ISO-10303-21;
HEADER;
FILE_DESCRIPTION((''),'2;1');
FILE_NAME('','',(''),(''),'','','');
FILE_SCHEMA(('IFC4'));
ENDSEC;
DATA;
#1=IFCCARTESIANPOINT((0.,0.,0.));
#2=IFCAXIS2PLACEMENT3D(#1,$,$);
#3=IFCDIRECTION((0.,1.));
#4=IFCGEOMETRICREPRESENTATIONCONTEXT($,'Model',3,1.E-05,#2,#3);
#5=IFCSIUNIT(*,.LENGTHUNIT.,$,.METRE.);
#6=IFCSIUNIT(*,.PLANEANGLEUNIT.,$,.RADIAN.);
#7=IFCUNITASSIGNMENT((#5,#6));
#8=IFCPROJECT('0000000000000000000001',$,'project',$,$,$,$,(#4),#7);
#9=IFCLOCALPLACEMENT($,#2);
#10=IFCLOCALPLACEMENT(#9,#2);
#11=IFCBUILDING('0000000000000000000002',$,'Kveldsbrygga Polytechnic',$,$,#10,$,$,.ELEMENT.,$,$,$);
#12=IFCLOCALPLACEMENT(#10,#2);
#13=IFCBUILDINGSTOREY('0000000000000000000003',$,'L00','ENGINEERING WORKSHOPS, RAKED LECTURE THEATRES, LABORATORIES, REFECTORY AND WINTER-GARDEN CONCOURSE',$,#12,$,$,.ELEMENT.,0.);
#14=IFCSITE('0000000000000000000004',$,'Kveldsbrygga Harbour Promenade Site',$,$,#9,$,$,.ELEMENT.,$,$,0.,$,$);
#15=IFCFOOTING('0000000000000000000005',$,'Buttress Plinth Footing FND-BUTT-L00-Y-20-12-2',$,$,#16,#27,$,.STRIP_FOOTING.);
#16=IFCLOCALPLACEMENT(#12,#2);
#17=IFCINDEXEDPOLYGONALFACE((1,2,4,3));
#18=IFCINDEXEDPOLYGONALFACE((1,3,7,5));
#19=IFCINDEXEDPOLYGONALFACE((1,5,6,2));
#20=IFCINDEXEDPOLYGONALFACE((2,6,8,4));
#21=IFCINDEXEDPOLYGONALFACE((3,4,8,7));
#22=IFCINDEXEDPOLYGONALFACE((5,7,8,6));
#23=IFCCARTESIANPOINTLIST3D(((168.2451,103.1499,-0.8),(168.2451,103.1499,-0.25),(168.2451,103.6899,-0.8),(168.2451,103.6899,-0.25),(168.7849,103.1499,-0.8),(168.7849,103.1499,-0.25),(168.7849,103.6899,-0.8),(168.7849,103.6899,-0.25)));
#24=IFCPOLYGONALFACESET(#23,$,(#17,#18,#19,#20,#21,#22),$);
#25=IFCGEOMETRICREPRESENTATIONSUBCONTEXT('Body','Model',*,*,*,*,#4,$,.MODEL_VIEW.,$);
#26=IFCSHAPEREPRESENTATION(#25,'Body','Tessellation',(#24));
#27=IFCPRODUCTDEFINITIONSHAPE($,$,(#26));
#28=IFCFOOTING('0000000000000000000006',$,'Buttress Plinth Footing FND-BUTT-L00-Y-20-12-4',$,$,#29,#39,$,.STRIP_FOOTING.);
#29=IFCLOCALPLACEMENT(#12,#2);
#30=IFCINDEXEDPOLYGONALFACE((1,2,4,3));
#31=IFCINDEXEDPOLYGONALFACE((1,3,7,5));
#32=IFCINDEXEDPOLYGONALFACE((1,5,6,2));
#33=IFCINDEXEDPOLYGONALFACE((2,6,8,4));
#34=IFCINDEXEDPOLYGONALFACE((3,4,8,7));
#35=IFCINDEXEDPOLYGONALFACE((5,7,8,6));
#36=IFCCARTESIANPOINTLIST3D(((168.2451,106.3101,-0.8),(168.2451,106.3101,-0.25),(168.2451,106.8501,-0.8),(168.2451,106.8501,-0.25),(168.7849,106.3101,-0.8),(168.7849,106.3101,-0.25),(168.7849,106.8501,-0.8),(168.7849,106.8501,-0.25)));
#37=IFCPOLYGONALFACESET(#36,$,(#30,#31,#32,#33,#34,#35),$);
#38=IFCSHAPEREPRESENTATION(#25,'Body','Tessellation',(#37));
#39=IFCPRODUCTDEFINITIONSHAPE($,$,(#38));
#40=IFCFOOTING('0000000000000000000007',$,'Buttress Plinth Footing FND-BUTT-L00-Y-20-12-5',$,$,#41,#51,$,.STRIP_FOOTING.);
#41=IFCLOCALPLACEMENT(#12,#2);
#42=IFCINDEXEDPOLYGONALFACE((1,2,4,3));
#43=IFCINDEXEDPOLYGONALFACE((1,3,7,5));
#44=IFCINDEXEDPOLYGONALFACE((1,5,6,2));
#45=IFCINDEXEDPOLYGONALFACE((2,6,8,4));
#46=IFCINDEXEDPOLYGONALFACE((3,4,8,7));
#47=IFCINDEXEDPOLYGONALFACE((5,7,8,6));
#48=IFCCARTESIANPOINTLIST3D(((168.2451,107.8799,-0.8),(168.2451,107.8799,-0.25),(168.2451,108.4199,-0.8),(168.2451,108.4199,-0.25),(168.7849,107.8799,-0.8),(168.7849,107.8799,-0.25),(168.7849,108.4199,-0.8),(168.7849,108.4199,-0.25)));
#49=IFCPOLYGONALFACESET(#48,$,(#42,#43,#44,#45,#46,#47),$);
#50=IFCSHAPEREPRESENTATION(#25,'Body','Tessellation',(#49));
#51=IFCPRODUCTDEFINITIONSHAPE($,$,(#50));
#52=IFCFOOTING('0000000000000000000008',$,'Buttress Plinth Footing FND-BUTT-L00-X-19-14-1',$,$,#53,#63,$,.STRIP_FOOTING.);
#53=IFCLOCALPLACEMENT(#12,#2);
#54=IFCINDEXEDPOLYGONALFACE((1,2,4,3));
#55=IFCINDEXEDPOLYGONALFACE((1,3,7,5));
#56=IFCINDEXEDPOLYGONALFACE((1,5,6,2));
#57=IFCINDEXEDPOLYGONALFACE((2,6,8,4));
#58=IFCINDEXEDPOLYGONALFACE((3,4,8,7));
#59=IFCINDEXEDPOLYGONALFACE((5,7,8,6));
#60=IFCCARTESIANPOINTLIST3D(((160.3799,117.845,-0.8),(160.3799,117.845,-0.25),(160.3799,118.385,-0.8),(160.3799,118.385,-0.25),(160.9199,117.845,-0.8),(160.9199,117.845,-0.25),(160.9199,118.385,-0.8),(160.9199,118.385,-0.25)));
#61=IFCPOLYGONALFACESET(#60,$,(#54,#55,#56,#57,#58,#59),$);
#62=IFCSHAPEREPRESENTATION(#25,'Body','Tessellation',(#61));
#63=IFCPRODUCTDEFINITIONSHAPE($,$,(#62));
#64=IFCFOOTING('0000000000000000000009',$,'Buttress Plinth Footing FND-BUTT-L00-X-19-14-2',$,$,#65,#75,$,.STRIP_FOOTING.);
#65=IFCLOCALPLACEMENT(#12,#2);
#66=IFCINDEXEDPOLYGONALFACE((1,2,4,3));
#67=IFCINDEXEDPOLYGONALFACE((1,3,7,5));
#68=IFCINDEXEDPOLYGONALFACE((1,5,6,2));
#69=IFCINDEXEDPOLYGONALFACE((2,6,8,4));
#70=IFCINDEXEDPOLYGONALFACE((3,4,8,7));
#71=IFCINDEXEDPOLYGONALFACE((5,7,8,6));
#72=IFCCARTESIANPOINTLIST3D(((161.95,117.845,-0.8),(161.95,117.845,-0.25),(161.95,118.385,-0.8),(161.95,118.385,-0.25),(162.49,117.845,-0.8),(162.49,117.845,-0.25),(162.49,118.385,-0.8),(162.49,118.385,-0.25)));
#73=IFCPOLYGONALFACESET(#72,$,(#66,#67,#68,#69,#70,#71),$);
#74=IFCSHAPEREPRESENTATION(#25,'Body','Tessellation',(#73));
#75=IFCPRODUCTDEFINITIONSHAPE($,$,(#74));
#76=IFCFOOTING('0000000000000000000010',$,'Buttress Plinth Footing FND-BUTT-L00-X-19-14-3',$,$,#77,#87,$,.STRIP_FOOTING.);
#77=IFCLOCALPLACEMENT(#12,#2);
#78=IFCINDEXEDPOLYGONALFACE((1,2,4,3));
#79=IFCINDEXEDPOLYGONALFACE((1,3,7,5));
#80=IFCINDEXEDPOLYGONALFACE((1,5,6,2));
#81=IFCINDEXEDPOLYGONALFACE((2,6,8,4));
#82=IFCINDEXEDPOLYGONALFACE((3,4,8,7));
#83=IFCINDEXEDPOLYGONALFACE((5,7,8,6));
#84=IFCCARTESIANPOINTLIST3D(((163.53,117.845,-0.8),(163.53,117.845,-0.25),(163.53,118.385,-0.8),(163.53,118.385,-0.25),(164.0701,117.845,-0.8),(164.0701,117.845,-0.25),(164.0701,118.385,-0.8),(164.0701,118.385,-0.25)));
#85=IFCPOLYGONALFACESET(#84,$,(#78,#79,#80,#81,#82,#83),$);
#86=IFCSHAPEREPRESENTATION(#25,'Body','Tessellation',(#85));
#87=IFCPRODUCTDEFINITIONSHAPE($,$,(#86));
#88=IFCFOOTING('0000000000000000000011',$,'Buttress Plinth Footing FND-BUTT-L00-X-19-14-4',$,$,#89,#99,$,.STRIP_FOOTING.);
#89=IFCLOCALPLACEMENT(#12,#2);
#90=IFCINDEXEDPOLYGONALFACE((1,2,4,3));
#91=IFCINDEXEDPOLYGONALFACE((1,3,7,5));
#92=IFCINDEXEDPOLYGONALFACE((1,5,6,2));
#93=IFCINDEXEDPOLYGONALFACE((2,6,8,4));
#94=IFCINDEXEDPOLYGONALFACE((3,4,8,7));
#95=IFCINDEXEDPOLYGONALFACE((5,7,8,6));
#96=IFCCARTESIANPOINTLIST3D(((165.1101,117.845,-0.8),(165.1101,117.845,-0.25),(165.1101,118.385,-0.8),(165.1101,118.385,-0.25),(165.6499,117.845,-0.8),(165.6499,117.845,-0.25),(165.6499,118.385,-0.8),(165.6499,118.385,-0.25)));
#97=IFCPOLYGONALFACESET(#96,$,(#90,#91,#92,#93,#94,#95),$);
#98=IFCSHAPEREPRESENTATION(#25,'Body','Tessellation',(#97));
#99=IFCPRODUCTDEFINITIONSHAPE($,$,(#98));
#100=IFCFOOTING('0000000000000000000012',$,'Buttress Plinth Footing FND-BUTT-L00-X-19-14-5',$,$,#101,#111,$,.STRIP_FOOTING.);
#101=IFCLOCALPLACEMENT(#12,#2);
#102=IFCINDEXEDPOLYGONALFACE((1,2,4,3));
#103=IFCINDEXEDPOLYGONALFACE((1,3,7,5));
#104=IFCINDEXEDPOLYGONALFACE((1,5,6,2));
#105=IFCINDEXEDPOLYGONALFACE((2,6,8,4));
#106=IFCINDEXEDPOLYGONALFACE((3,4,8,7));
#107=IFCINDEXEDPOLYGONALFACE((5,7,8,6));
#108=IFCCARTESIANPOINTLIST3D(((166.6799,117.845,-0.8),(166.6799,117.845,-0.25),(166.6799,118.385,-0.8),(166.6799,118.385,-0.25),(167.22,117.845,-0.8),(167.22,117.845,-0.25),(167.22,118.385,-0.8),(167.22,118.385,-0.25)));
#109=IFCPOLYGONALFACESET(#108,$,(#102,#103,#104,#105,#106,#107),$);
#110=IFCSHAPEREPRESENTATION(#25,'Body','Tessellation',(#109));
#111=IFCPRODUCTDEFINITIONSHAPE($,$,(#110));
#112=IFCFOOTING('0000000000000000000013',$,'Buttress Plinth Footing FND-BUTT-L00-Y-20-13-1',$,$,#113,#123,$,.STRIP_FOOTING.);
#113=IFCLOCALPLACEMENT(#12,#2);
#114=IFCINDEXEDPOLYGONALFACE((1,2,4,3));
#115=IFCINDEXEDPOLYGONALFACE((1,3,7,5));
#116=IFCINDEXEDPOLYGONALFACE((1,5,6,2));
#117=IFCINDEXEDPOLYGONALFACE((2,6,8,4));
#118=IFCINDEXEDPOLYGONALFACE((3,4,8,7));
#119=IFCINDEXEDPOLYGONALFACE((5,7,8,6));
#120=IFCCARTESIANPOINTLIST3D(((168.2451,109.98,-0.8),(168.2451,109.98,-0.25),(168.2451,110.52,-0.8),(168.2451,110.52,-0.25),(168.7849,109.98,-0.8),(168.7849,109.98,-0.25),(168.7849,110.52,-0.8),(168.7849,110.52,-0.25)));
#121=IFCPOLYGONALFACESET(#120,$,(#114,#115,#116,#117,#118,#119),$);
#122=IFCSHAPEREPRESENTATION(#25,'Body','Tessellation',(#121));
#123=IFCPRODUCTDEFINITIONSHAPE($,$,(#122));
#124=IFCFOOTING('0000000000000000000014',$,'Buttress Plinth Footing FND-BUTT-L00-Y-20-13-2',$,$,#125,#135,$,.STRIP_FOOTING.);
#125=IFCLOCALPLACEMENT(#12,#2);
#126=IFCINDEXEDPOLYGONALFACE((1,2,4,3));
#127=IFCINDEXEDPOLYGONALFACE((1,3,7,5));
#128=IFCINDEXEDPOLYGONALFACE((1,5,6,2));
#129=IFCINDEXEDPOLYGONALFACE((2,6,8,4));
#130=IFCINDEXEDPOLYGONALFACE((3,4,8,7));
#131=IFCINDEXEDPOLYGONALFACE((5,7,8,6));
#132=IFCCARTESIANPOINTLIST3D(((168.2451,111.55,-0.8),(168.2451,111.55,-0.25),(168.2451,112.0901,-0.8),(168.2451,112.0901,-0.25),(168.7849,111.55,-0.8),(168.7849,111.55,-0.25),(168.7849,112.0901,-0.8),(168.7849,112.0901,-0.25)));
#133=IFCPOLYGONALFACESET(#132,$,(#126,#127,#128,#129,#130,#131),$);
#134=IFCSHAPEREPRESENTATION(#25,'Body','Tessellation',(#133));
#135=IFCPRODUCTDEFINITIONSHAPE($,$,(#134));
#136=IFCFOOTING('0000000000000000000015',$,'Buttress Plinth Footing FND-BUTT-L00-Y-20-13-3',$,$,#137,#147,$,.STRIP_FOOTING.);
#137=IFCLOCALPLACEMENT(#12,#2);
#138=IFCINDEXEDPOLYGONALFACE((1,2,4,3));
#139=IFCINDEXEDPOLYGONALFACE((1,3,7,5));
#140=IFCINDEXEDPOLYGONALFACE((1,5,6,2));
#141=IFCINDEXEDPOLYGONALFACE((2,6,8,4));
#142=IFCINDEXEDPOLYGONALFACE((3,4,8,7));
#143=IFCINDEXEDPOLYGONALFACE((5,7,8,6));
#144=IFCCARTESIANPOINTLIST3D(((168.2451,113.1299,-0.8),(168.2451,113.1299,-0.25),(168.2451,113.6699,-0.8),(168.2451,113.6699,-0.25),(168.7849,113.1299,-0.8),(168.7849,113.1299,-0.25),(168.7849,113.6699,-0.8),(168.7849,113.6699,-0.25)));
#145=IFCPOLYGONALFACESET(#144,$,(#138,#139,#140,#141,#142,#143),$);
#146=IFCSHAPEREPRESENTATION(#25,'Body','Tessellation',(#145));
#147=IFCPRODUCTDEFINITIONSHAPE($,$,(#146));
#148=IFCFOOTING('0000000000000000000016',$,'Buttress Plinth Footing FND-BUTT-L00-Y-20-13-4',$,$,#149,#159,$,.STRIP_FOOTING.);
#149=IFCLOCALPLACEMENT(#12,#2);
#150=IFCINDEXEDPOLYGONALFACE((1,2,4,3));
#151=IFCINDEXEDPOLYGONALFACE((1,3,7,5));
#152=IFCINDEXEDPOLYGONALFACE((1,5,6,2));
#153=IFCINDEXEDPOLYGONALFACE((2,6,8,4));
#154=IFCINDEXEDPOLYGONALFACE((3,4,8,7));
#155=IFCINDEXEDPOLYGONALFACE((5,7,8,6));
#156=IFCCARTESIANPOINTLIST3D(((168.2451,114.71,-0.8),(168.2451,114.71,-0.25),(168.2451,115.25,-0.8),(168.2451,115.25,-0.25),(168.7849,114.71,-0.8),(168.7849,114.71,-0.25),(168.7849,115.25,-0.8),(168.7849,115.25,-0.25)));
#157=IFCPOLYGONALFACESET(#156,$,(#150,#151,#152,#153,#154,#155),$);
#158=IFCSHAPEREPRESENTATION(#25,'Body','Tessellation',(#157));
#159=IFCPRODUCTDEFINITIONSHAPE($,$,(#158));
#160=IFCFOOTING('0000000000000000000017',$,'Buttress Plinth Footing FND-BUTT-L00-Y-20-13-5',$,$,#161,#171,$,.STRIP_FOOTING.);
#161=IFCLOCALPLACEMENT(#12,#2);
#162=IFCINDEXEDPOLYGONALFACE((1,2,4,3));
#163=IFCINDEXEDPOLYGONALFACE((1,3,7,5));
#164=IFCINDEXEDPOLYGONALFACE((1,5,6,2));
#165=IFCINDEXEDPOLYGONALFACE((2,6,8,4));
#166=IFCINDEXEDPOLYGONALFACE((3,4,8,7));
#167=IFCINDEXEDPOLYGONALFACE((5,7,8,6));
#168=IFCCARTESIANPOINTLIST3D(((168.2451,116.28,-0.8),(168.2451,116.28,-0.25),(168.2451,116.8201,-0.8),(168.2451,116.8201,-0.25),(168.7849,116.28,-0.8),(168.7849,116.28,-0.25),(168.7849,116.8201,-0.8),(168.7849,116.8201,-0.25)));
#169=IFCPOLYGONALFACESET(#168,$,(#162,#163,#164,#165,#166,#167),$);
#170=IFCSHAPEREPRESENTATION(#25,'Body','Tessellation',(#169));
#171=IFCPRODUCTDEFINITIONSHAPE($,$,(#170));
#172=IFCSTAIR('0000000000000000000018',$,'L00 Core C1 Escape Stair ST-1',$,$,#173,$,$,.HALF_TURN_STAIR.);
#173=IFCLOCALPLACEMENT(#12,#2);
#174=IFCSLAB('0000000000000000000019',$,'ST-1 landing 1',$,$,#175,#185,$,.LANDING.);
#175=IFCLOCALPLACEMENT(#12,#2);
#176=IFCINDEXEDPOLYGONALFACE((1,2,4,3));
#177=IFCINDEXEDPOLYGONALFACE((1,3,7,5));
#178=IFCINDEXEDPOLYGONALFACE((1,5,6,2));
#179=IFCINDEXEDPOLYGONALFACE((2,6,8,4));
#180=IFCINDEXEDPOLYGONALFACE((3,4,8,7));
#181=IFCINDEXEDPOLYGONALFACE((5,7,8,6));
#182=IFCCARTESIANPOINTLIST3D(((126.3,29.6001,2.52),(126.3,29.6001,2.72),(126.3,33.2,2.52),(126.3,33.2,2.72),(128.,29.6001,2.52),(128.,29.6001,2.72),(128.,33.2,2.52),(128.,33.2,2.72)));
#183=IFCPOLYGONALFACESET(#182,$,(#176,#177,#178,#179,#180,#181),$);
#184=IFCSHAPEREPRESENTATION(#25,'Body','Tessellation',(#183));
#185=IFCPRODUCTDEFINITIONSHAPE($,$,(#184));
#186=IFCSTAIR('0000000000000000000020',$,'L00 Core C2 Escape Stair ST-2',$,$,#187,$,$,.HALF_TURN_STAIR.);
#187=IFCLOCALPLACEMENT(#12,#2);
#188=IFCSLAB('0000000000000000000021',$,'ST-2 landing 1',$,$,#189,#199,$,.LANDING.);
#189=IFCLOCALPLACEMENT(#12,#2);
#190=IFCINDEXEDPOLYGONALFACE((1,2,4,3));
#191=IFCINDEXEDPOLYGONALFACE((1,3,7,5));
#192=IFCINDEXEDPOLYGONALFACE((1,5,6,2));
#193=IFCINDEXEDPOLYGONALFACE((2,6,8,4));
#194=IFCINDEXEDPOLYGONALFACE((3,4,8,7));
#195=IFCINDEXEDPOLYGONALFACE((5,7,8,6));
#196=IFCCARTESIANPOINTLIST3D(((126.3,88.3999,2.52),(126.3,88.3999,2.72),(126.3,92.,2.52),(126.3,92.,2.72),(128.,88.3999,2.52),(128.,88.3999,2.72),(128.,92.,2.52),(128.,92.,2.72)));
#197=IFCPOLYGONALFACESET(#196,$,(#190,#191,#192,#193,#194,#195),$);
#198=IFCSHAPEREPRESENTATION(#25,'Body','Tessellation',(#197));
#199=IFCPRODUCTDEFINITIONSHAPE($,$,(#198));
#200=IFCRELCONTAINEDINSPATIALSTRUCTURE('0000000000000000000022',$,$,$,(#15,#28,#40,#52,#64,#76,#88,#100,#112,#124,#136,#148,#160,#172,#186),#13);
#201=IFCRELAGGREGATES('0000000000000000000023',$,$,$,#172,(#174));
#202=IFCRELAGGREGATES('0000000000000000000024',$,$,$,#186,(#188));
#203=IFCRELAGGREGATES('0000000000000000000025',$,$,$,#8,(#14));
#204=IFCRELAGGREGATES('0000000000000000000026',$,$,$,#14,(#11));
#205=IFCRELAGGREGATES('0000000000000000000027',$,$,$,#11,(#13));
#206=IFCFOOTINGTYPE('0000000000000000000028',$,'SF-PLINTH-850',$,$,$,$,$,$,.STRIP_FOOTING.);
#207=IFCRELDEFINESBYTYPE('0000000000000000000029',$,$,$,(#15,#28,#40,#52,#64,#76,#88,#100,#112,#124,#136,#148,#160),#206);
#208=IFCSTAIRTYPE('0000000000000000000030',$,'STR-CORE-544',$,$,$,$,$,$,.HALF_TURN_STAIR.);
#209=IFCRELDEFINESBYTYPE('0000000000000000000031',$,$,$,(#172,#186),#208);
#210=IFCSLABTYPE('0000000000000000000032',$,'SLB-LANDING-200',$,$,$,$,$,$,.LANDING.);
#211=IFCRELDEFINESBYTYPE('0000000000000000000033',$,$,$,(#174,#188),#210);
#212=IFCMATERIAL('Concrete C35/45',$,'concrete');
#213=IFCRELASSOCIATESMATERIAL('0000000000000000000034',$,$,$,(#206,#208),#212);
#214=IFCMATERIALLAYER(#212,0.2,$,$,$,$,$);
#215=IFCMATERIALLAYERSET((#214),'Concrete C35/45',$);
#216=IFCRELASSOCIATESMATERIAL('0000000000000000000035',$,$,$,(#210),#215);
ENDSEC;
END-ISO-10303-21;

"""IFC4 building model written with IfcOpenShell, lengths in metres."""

from ifc_helpers import new_model, si_unit, direction, frame, origin, place, context, subcontext, project, spatial, polyline, outline, extrude, material, layer, layer_set, type_object, element, aggregate, save


model = new_model("IFC4")

# Units and contexts
model_context = context("Model", 3, precision=1e-05, world=origin(), true_north=direction((0.0, 1.0)))
body_context = subcontext(model_context, "Body", "Model", "MODEL_VIEW")
ifc_project = project(units=[si_unit("LENGTHUNIT", "METRE"), si_unit("PLANEANGLEUNIT", "RADIAN")], contexts=[model_context])

# Site, building, storey
site_placement = place(None, origin())
site = spatial("IfcSite", under=ifc_project, at=site_placement, Name="Kveldsbrygga Harbour Promenade Site", CompositionType="ELEMENT", RefElevation=0.0)
building_placement = place(site_placement, origin())
building = spatial("IfcBuilding", under=site, at=building_placement, Name="Kveldsbrygga Polytechnic", CompositionType="ELEMENT")
storey_placement = place(building_placement, origin())
storey = spatial("IfcBuildingStorey", under=building, at=storey_placement, Name="L00", Description="ENGINEERING WORKSHOPS, RAKED LECTURE THEATRES, LABORATORIES, REFECTORY AND WINTER-GARDEN CONCOURSE", CompositionType="ELEMENT", Elevation=0.0)

# Footings
ifc_material = material(Name="Concrete C35/45", Category="concrete")
footing_type = type_object("IfcFootingType", Name="SF-PLINTH-850", PredefinedType="STRIP_FOOTING", material=ifc_material)
footing_1_placement = place(storey_placement, frame((0.0, 0.0, -0.8)))
element("IfcFooting", 1, at=footing_1_placement, inside=storey, type_object=footing_type, Name="Buttress Plinth Footing FND-BUTT-L00-Y-20-12-2", PredefinedType="STRIP_FOOTING", context=body_context, shape_type="SweptSolid", body=[
    extrude(outline(polyline([(168.2451, 103.1499), (168.7849, 103.1499), (168.7849, 103.6899), (168.2451, 103.6899), (168.2451, 103.1499)])), origin(), (0.0, 0.0, 1.0), 0.55),
])
footing_2_placement = place(storey_placement, frame((0.0, 0.0, -0.8)))
element("IfcFooting", 2, at=footing_2_placement, inside=storey, type_object=footing_type, Name="Buttress Plinth Footing FND-BUTT-L00-Y-20-12-4", PredefinedType="STRIP_FOOTING", context=body_context, shape_type="SweptSolid", body=[
    extrude(outline(polyline([(168.2451, 106.3101), (168.7849, 106.3101), (168.7849, 106.8501), (168.2451, 106.8501), (168.2451, 106.3101)])), origin(), (0.0, 0.0, 1.0), 0.55),
])
footing_3_placement = place(storey_placement, frame((0.0, 0.0, -0.8)))
element("IfcFooting", 3, at=footing_3_placement, inside=storey, type_object=footing_type, Name="Buttress Plinth Footing FND-BUTT-L00-Y-20-12-5", PredefinedType="STRIP_FOOTING", context=body_context, shape_type="SweptSolid", body=[
    extrude(outline(polyline([(168.2451, 107.8799), (168.7849, 107.8799), (168.7849, 108.4199), (168.2451, 108.4199), (168.2451, 107.8799)])), origin(), (0.0, 0.0, 1.0), 0.55),
])
footing_4_placement = place(storey_placement, frame((0.0, 0.0, -0.8)))
element("IfcFooting", 4, at=footing_4_placement, inside=storey, type_object=footing_type, Name="Buttress Plinth Footing FND-BUTT-L00-X-19-14-1", PredefinedType="STRIP_FOOTING", context=body_context, shape_type="SweptSolid", body=[
    extrude(outline(polyline([(160.3799, 117.845), (160.9199, 117.845), (160.9199, 118.385), (160.3799, 118.385), (160.3799, 117.845)])), origin(), (0.0, 0.0, 1.0), 0.55),
])
footing_5_placement = place(storey_placement, frame((0.0, 0.0, -0.8)))
element("IfcFooting", 5, at=footing_5_placement, inside=storey, type_object=footing_type, Name="Buttress Plinth Footing FND-BUTT-L00-X-19-14-2", PredefinedType="STRIP_FOOTING", context=body_context, shape_type="SweptSolid", body=[
    extrude(outline(polyline([(161.95, 117.845), (162.49, 117.845), (162.49, 118.385), (161.95, 118.385), (161.95, 117.845)])), origin(), (0.0, 0.0, 1.0), 0.55),
])
footing_6_placement = place(storey_placement, frame((0.0, 0.0, -0.8)))
element("IfcFooting", 6, at=footing_6_placement, inside=storey, type_object=footing_type, Name="Buttress Plinth Footing FND-BUTT-L00-X-19-14-3", PredefinedType="STRIP_FOOTING", context=body_context, shape_type="SweptSolid", body=[
    extrude(outline(polyline([(163.53, 117.845), (164.0701, 117.845), (164.0701, 118.385), (163.53, 118.385), (163.53, 117.845)])), origin(), (0.0, 0.0, 1.0), 0.55),
])
footing_7_placement = place(storey_placement, frame((0.0, 0.0, -0.8)))
element("IfcFooting", 7, at=footing_7_placement, inside=storey, type_object=footing_type, Name="Buttress Plinth Footing FND-BUTT-L00-X-19-14-4", PredefinedType="STRIP_FOOTING", context=body_context, shape_type="SweptSolid", body=[
    extrude(outline(polyline([(165.1101, 117.845), (165.6499, 117.845), (165.6499, 118.385), (165.1101, 118.385), (165.1101, 117.845)])), origin(), (0.0, 0.0, 1.0), 0.55),
])
footing_8_placement = place(storey_placement, frame((0.0, 0.0, -0.8)))
element("IfcFooting", 8, at=footing_8_placement, inside=storey, type_object=footing_type, Name="Buttress Plinth Footing FND-BUTT-L00-X-19-14-5", PredefinedType="STRIP_FOOTING", context=body_context, shape_type="SweptSolid", body=[
    extrude(outline(polyline([(166.6799, 117.845), (167.22, 117.845), (167.22, 118.385), (166.6799, 118.385), (166.6799, 117.845)])), origin(), (0.0, 0.0, 1.0), 0.55),
])
footing_9_placement = place(storey_placement, frame((0.0, 0.0, -0.8)))
element("IfcFooting", 9, at=footing_9_placement, inside=storey, type_object=footing_type, Name="Buttress Plinth Footing FND-BUTT-L00-Y-20-13-1", PredefinedType="STRIP_FOOTING", context=body_context, shape_type="SweptSolid", body=[
    extrude(outline(polyline([(168.2451, 109.98), (168.7849, 109.98), (168.7849, 110.52), (168.2451, 110.52), (168.2451, 109.98)])), origin(), (0.0, 0.0, 1.0), 0.55),
])
footing_10_placement = place(storey_placement, frame((0.0, 0.0, -0.8)))
element("IfcFooting", 10, at=footing_10_placement, inside=storey, type_object=footing_type, Name="Buttress Plinth Footing FND-BUTT-L00-Y-20-13-2", PredefinedType="STRIP_FOOTING", context=body_context, shape_type="SweptSolid", body=[
    extrude(outline(polyline([(168.2451, 111.55), (168.7849, 111.55), (168.7849, 112.0901), (168.2451, 112.0901), (168.2451, 111.55)])), origin(), (0.0, 0.0, 1.0), 0.55),
])
footing_11_placement = place(storey_placement, frame((0.0, 0.0, -0.8)))
element("IfcFooting", 11, at=footing_11_placement, inside=storey, type_object=footing_type, Name="Buttress Plinth Footing FND-BUTT-L00-Y-20-13-3", PredefinedType="STRIP_FOOTING", context=body_context, shape_type="SweptSolid", body=[
    extrude(outline(polyline([(168.2451, 113.1299), (168.7849, 113.1299), (168.7849, 113.6699), (168.2451, 113.6699), (168.2451, 113.1299)])), origin(), (0.0, 0.0, 1.0), 0.55),
])
footing_12_placement = place(storey_placement, frame((0.0, 0.0, -0.8)))
element("IfcFooting", 12, at=footing_12_placement, inside=storey, type_object=footing_type, Name="Buttress Plinth Footing FND-BUTT-L00-Y-20-13-4", PredefinedType="STRIP_FOOTING", context=body_context, shape_type="SweptSolid", body=[
    extrude(outline(polyline([(168.2451, 114.71), (168.7849, 114.71), (168.7849, 115.25), (168.2451, 115.25), (168.2451, 114.71)])), origin(), (0.0, 0.0, 1.0), 0.55),
])
footing_13_placement = place(storey_placement, frame((0.0, 0.0, -0.8)))
element("IfcFooting", 13, at=footing_13_placement, inside=storey, type_object=footing_type, Name="Buttress Plinth Footing FND-BUTT-L00-Y-20-13-5", PredefinedType="STRIP_FOOTING", context=body_context, shape_type="SweptSolid", body=[
    extrude(outline(polyline([(168.2451, 116.28), (168.7849, 116.28), (168.7849, 116.8201), (168.2451, 116.8201), (168.2451, 116.28)])), origin(), (0.0, 0.0, 1.0), 0.55),
])

# Stairs, slabs
stair_type = type_object("IfcStairType", Name="STR-CORE-544", PredefinedType="HALF_TURN_STAIR", material=ifc_material)
stair_1_placement = place(storey_placement, origin())
stair_1 = element("IfcStair", 14, at=stair_1_placement, inside=storey, type_object=stair_type, Name="L00 Core C1 Escape Stair ST-1", PredefinedType="HALF_TURN_STAIR")
ifc_layer = layer(ifc_material, 0.2)
ifc_layer_set = layer_set([ifc_layer], Name="Concrete C35/45")
slab_type = type_object("IfcSlabType", Name="SLB-LANDING-200", PredefinedType="LANDING", material=ifc_layer_set)
slab_1_placement = place(storey_placement, frame((0.0, 0.0, 2.52)))
slab_1 = element("IfcSlab", 15, at=slab_1_placement, type_object=slab_type, Name="ST-1 landing 1", PredefinedType="LANDING", context=body_context, shape_type="SweptSolid", body=[
    extrude(outline(polyline([(128.0, 33.2), (126.3, 33.2), (126.3, 29.6001), (128.0, 29.6001), (128.0, 33.2)])), origin(), (0.0, 0.0, 1.0), 0.2),
])
aggregate(stair_1, [slab_1])
stair_2_placement = place(storey_placement, origin())
stair_2 = element("IfcStair", 16, at=stair_2_placement, inside=storey, type_object=stair_type, Name="L00 Core C2 Escape Stair ST-2", PredefinedType="HALF_TURN_STAIR")
slab_2_placement = place(storey_placement, frame((0.0, 0.0, 2.52)))
slab_2 = element("IfcSlab", 17, at=slab_2_placement, type_object=slab_type, Name="ST-2 landing 1", PredefinedType="LANDING", context=body_context, shape_type="SweptSolid", body=[
    extrude(outline(polyline([(128.0, 92.0), (126.3, 92.0), (126.3, 88.3999), (128.0, 88.3999), (128.0, 92.0)])), origin(), (0.0, 0.0, 1.0), 0.2),
])
aggregate(stair_2, [slab_2])

save(model, "model.ifc")
